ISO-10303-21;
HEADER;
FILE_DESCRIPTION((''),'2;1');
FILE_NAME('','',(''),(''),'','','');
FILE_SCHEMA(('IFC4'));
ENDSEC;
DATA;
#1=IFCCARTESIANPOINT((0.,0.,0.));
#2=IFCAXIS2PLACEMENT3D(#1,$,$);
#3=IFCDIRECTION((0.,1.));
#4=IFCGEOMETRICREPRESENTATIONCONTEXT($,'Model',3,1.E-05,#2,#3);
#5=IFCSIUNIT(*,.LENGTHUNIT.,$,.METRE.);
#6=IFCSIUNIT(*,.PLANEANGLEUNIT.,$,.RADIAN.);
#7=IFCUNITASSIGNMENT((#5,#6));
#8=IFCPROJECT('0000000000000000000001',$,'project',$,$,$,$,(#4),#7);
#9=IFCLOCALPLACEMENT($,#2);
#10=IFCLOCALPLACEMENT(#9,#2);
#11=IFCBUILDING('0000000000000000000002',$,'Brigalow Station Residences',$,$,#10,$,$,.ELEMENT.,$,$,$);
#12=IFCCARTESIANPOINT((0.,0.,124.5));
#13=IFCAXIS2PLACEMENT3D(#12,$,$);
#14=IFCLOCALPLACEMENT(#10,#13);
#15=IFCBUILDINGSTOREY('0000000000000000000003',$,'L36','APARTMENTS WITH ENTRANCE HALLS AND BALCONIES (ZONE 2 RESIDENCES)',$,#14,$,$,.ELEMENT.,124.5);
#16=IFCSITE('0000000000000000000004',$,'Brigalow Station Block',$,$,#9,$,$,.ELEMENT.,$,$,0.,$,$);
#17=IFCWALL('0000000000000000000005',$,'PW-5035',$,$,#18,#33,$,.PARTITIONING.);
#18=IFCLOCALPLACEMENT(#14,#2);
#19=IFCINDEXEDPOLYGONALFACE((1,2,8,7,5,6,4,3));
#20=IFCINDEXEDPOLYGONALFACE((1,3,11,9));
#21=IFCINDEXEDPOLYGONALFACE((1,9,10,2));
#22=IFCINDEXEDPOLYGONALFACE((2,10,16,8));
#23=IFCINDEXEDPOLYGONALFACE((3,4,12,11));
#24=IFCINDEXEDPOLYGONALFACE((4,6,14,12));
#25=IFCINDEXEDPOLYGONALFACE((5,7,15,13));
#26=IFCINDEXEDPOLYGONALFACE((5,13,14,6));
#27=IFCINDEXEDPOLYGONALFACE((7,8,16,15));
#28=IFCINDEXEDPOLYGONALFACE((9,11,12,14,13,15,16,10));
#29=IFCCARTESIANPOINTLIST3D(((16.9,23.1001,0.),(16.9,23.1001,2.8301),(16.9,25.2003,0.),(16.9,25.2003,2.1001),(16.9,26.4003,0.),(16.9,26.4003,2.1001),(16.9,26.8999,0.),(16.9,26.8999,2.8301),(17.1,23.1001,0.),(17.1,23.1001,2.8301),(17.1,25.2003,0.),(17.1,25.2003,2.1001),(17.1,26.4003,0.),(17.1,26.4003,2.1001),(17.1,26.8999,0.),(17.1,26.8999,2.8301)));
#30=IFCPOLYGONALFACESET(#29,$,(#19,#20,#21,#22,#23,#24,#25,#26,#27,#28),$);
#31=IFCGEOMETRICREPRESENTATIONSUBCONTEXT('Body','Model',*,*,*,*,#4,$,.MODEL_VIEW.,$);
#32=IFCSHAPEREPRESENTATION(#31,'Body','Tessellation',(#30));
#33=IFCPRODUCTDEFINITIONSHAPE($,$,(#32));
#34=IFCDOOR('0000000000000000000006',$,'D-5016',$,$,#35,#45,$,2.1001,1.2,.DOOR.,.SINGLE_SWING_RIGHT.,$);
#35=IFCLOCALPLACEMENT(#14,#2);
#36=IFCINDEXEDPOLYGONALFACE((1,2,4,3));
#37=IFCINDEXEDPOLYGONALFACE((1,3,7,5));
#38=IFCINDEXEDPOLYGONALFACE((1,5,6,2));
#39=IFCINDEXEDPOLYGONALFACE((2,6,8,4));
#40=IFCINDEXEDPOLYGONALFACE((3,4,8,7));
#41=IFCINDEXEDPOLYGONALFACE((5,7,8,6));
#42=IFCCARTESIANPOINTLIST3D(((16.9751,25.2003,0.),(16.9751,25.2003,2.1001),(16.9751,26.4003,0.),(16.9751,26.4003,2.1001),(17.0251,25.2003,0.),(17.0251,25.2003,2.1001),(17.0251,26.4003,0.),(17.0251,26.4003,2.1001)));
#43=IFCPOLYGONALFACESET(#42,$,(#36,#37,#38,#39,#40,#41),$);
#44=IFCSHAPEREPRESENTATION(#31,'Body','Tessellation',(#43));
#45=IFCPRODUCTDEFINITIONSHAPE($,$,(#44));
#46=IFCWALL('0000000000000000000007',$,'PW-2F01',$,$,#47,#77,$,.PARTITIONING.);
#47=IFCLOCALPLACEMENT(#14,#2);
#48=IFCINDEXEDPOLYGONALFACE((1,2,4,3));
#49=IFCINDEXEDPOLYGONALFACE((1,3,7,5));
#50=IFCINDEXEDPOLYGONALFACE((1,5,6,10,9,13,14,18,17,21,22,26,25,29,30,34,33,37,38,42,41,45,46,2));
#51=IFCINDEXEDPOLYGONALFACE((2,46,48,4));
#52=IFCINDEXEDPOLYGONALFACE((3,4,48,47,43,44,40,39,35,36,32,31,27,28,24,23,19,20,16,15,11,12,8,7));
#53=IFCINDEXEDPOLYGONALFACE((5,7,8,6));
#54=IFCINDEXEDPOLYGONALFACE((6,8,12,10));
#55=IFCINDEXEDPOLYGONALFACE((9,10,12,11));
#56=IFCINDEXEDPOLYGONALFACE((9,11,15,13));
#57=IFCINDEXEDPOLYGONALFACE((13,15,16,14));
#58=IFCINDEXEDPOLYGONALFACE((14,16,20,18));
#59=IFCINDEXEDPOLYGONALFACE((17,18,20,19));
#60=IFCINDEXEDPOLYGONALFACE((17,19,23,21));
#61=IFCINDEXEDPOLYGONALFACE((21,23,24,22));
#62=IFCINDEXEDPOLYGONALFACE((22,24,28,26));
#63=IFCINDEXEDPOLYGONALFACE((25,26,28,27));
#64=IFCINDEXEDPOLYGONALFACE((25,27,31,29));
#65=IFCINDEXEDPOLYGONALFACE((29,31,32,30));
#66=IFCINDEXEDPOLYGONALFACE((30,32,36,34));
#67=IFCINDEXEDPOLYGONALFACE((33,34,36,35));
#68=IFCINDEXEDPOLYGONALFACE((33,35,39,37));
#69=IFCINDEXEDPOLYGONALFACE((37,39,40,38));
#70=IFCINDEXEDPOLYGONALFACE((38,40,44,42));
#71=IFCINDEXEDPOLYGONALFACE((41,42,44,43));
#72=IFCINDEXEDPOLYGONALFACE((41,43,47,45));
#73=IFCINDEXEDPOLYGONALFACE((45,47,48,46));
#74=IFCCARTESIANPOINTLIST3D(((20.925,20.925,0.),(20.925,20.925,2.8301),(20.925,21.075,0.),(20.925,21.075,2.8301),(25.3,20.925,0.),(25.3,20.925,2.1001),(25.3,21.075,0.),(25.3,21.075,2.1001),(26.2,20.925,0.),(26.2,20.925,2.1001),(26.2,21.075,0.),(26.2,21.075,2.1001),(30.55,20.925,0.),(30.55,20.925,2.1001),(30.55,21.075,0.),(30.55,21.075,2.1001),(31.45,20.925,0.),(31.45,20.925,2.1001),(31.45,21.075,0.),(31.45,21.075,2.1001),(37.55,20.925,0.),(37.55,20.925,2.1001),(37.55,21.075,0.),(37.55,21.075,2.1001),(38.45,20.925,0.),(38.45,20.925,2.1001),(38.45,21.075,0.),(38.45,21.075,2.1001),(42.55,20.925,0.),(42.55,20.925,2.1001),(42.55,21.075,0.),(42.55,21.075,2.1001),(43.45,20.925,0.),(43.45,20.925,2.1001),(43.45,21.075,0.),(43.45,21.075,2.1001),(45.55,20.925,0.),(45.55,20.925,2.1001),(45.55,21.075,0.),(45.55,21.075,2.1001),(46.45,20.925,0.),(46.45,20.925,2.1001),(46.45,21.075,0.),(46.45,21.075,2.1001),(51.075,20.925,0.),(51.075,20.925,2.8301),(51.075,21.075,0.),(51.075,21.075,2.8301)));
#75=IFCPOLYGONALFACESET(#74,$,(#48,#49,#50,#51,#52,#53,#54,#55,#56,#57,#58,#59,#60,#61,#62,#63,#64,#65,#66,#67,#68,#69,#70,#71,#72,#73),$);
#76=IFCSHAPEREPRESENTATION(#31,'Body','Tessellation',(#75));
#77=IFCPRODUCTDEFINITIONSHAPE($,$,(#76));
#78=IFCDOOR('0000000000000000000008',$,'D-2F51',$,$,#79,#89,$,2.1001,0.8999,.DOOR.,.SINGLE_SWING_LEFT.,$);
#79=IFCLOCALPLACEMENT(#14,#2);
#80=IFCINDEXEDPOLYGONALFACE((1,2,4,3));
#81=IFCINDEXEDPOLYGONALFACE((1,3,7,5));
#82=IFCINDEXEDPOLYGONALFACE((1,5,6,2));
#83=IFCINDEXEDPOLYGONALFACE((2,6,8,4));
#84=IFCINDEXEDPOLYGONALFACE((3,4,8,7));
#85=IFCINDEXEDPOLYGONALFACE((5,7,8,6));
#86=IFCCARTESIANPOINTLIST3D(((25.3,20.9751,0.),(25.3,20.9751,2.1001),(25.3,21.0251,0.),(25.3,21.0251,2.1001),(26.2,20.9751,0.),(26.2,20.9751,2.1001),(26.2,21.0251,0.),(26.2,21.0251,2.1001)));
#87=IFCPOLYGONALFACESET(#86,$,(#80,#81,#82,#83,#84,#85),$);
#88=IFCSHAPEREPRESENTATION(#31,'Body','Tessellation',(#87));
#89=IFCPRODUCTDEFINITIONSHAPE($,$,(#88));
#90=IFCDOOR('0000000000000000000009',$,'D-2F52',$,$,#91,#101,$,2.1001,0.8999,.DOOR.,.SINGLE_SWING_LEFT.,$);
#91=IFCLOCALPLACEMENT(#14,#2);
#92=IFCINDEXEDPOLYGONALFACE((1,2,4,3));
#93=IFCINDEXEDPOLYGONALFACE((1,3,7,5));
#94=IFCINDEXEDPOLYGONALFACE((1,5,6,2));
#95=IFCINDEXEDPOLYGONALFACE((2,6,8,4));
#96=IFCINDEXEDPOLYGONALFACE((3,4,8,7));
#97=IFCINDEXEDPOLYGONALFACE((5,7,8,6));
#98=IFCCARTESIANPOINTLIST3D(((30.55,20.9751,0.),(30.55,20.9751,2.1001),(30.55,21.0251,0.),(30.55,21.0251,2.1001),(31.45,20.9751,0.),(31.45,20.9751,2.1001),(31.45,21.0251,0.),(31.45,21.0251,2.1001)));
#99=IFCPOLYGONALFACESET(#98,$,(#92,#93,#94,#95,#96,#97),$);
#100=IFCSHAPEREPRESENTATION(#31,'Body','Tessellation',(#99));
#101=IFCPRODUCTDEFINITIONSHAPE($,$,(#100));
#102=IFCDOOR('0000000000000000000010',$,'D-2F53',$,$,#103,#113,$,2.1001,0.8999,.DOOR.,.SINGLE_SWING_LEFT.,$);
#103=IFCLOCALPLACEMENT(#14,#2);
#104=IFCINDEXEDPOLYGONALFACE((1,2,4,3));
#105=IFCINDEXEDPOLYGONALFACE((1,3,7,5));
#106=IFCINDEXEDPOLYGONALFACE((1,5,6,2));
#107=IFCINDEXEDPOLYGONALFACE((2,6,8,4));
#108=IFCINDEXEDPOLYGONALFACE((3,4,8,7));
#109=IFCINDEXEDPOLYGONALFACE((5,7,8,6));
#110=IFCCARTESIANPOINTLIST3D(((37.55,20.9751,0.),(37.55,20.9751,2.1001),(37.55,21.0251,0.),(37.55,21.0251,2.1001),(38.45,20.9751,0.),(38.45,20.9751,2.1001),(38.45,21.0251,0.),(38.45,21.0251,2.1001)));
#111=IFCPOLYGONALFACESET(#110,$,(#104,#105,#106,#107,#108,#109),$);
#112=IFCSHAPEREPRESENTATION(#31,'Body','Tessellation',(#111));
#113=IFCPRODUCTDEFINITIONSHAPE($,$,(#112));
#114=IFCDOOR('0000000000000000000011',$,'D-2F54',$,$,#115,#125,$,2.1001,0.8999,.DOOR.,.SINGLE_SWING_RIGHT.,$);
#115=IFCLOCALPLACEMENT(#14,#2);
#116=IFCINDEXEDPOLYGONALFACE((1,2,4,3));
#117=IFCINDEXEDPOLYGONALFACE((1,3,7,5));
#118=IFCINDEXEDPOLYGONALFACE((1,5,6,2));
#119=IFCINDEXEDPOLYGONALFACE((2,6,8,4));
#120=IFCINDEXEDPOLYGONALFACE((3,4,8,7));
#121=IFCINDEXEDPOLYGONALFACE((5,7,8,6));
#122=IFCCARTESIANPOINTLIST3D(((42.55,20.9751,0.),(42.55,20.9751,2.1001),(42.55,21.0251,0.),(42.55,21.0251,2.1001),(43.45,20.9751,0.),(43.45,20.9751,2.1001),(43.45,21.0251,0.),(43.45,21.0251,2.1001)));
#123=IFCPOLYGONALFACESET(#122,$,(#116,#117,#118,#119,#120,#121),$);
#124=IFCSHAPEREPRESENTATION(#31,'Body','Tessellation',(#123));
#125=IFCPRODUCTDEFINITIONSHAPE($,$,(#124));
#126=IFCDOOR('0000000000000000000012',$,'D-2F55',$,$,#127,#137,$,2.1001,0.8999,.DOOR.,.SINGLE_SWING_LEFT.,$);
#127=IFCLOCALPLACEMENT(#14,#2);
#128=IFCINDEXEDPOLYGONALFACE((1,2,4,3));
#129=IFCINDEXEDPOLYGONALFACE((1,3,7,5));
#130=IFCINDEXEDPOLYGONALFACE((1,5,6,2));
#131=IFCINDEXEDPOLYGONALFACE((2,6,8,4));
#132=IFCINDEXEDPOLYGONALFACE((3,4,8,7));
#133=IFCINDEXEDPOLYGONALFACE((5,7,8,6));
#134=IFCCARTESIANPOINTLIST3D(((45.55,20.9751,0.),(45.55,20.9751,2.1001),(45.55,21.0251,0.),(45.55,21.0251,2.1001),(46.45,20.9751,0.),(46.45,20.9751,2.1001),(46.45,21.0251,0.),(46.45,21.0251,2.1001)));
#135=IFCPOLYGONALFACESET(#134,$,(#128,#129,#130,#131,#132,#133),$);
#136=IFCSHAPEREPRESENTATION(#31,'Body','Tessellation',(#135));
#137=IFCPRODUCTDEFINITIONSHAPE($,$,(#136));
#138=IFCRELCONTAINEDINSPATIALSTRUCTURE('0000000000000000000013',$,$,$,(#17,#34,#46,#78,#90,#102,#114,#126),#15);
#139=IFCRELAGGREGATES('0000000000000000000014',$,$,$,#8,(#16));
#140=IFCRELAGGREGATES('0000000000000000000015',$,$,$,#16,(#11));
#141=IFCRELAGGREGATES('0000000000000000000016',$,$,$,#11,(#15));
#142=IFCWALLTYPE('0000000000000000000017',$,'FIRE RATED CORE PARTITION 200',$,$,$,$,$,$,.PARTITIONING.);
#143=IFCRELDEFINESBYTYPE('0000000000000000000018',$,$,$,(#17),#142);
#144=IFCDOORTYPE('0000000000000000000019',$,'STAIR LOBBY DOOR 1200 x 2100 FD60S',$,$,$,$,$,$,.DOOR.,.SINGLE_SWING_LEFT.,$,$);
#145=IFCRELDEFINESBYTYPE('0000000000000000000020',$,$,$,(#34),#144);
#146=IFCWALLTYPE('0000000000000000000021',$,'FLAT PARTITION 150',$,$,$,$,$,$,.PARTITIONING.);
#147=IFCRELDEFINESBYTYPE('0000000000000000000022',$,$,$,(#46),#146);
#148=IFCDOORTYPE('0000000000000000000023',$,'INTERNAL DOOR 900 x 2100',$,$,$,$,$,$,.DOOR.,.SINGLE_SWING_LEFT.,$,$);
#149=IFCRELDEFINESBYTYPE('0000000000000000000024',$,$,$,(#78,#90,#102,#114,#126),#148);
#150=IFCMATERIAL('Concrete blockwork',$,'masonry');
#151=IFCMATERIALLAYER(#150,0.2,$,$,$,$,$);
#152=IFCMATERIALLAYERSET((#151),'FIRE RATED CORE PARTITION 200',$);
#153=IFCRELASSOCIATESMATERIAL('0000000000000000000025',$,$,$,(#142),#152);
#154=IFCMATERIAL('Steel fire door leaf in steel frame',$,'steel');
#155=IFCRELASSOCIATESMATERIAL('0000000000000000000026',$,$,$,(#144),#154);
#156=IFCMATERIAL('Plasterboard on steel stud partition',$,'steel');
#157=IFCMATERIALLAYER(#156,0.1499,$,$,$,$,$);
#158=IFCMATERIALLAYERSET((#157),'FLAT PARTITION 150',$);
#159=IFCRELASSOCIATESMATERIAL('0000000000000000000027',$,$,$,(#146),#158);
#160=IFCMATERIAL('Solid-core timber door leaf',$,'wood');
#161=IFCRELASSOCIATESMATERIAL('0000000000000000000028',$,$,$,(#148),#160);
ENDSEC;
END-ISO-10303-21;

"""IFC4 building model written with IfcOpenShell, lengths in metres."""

from ifc_helpers import new_model, si_unit, direction, frame, frame_2d, origin, place, context, subcontext, project, spatial, rectangle, extrude, material, layer, layer_set, type_object, element, fill, save


model = new_model("IFC4")

# Units and contexts
model_context = context("Model", 3, precision=1e-05, world=origin(), true_north=direction((0.0, 1.0)))
body_context = subcontext(model_context, "Body", "Model", "MODEL_VIEW")
ifc_project = project(units=[si_unit("LENGTHUNIT", "METRE"), si_unit("PLANEANGLEUNIT", "RADIAN")], contexts=[model_context])

# Site, building, storey
site_placement = place(None, origin())
site = spatial("IfcSite", under=ifc_project, at=site_placement, Name="Brigalow Station Block", CompositionType="ELEMENT", RefElevation=0.0)
building_placement = place(site_placement, origin())
building = spatial("IfcBuilding", under=site, at=building_placement, Name="Brigalow Station Residences", CompositionType="ELEMENT")
storey_placement = place(building_placement, frame((0.0, 0.0, 124.5)))
storey = spatial("IfcBuildingStorey", under=building, at=storey_placement, Name="L36", Description="APARTMENTS WITH ENTRANCE HALLS AND BALCONIES (ZONE 2 RESIDENCES)", CompositionType="ELEMENT", Elevation=124.5)

# Wall, opening, door
ifc_material_1 = material(Name="Concrete blockwork", Category="masonry")
ifc_layer_1 = layer(ifc_material_1, 0.2)
ifc_layer_set_1 = layer_set([ifc_layer_1], Name="FIRE RATED CORE PARTITION 200")
wall_type_1 = type_object("IfcWallType", Name="FIRE RATED CORE PARTITION 200", PredefinedType="PARTITIONING", material=ifc_layer_set_1)
wall_1_placement = place(storey_placement, frame((17.0, 23.1001, 0.0), z_axis=(0.0, 0.0, 1.0), x_axis=(0.0, 1.0, 0.0)))
wall_1 = element("IfcWall", 1, at=wall_1_placement, inside=storey, type_object=wall_type_1, Name="PW-5035", PredefinedType="PARTITIONING", context=body_context, shape_type="SweptSolid", body=[
    extrude(rectangle(XDim=3.7998, YDim=0.2, at=frame_2d((1.8999, 0.0))), origin(), (0.0, 0.0, 1.0), 2.8301),
])
opening_1_placement = place(wall_1_placement, frame((2.1001, 0.0, 0.0)))
opening_1 = element("IfcOpeningElement", 2, at=opening_1_placement, cuts=wall_1, PredefinedType="OPENING", context=body_context, shape_type="SweptSolid", body=[
    extrude(rectangle(XDim=1.2, YDim=2.1001, at=frame_2d((0.6001, 1.05))), frame((0.0, 0.1099, 0.0), z_axis=(0.0, -1.0, 0.0), x_axis=(1.0, 0.0, 0.0)), (0.0, 0.0, 1.0), 0.22),
])
ifc_material_2 = material(Name="Steel fire door leaf in steel frame", Category="steel")
door_type_1 = type_object("IfcDoorType", Name="STAIR LOBBY DOOR 1200 x 2100 FD60S", OperationType="SINGLE_SWING_LEFT", PredefinedType="DOOR", material=ifc_material_2)
door_1_placement = place(opening_1_placement, origin())
door_1 = element("IfcDoor", 3, at=door_1_placement, inside=storey, type_object=door_type_1, Name="D-5016", OperationType="SINGLE_SWING_RIGHT", OverallHeight=2.1001, OverallWidth=1.2, PredefinedType="DOOR", context=body_context, shape_type="SweptSolid", body=[
    extrude(rectangle(XDim=1.2, YDim=2.1001, at=frame_2d((0.6001, 1.05))), frame((0.0, 0.0249, 0.0), z_axis=(0.0, -1.0, 0.0), x_axis=(1.0, 0.0, 0.0)), (0.0, 0.0, 1.0), 0.05),
])
fill(opening_1, door_1)

# Wall, openings, doors
ifc_material_3 = material(Name="Plasterboard on steel stud partition", Category="steel")
ifc_layer_2 = layer(ifc_material_3, 0.1499)
ifc_layer_set_2 = layer_set([ifc_layer_2], Name="FLAT PARTITION 150")
wall_type_2 = type_object("IfcWallType", Name="FLAT PARTITION 150", PredefinedType="PARTITIONING", material=ifc_layer_set_2)
wall_2_placement = place(storey_placement, frame((20.925, 21.0, 0.0), z_axis=(0.0, 0.0, 1.0), x_axis=(1.0, 0.0, 0.0)))
wall_2 = element("IfcWall", 4, at=wall_2_placement, inside=storey, type_object=wall_type_2, Name="PW-2F01", PredefinedType="PARTITIONING", context=body_context, shape_type="SweptSolid", body=[
    extrude(rectangle(XDim=30.1499, YDim=0.1499, at=frame_2d((15.075, 0.0))), origin(), (0.0, 0.0, 1.0), 2.8301),
])
opening_2_placement = place(wall_2_placement, frame((4.375, 0.0, 0.0)))
opening_2 = element("IfcOpeningElement", 5, at=opening_2_placement, cuts=wall_2, PredefinedType="OPENING", context=body_context, shape_type="SweptSolid", body=[
    extrude(rectangle(XDim=0.8999, YDim=2.1001, at=frame_2d((0.45, 1.05))), frame((0.0, 0.085, 0.0), z_axis=(0.0, -1.0, 0.0), x_axis=(1.0, 0.0, 0.0)), (0.0, 0.0, 1.0), 0.1699),
])
opening_3_placement = place(wall_2_placement, frame((9.625, 0.0, 0.0)))
opening_3 = element("IfcOpeningElement", 6, at=opening_3_placement, cuts=wall_2, PredefinedType="OPENING", context=body_context, shape_type="SweptSolid", body=[
    extrude(rectangle(XDim=0.8999, YDim=2.1001, at=frame_2d((0.45, 1.05))), frame((0.0, 0.085, 0.0), z_axis=(0.0, -1.0, 0.0), x_axis=(1.0, 0.0, 0.0)), (0.0, 0.0, 1.0), 0.1699),
])
opening_4_placement = place(wall_2_placement, frame((16.625, 0.0, 0.0)))
opening_4 = element("IfcOpeningElement", 7, at=opening_4_placement, cuts=wall_2, PredefinedType="OPENING", context=body_context, shape_type="SweptSolid", body=[
    extrude(rectangle(XDim=0.8999, YDim=2.1001, at=frame_2d((0.45, 1.05))), frame((0.0, 0.085, 0.0), z_axis=(0.0, -1.0, 0.0), x_axis=(1.0, 0.0, 0.0)), (0.0, 0.0, 1.0), 0.1699),
])
opening_5_placement = place(wall_2_placement, frame((21.625, 0.0, 0.0)))
opening_5 = element("IfcOpeningElement", 8, at=opening_5_placement, cuts=wall_2, PredefinedType="OPENING", context=body_context, shape_type="SweptSolid", body=[
    extrude(rectangle(XDim=0.8999, YDim=2.1001, at=frame_2d((0.45, 1.05))), frame((0.0, 0.085, 0.0), z_axis=(0.0, -1.0, 0.0), x_axis=(1.0, 0.0, 0.0)), (0.0, 0.0, 1.0), 0.1699),
])
opening_6_placement = place(wall_2_placement, frame((24.625, 0.0, 0.0)))
opening_6 = element("IfcOpeningElement", 9, at=opening_6_placement, cuts=wall_2, PredefinedType="OPENING", context=body_context, shape_type="SweptSolid", body=[
    extrude(rectangle(XDim=0.8999, YDim=2.1001, at=frame_2d((0.45, 1.05))), frame((0.0, 0.085, 0.0), z_axis=(0.0, -1.0, 0.0), x_axis=(1.0, 0.0, 0.0)), (0.0, 0.0, 1.0), 0.1699),
])
ifc_material_4 = material(Name="Solid-core timber door leaf", Category="wood")
door_type_2 = type_object("IfcDoorType", Name="INTERNAL DOOR 900 x 2100", OperationType="SINGLE_SWING_LEFT", PredefinedType="DOOR", material=ifc_material_4)
door_2_placement = place(opening_2_placement, frame((0.8999, 0.0, 0.0), z_axis=(0.0, 0.0, 1.0), x_axis=(-1.0, 0.0, 0.0)))
door_2 = element("IfcDoor", 10, at=door_2_placement, inside=storey, type_object=door_type_2, Name="D-2F51", OperationType="SINGLE_SWING_LEFT", OverallHeight=2.1001, OverallWidth=0.8999, PredefinedType="DOOR", context=body_context, shape_type="SweptSolid", body=[
    extrude(rectangle(XDim=0.8999, YDim=2.1001, at=frame_2d((0.45, 1.05))), frame((0.0, 0.0249, 0.0), z_axis=(0.0, -1.0, 0.0), x_axis=(1.0, 0.0, 0.0)), (0.0, 0.0, 1.0), 0.05),
])
fill(opening_2, door_2)
door_3_placement = place(opening_3_placement, frame((0.8999, 0.0, 0.0), z_axis=(0.0, 0.0, 1.0), x_axis=(-1.0, 0.0, 0.0)))
door_3 = element("IfcDoor", 11, at=door_3_placement, inside=storey, type_object=door_type_2, Name="D-2F52", OperationType="SINGLE_SWING_LEFT", OverallHeight=2.1001, OverallWidth=0.8999, PredefinedType="DOOR", context=body_context, shape_type="SweptSolid", body=[
    extrude(rectangle(XDim=0.8999, YDim=2.1001, at=frame_2d((0.45, 1.05))), frame((0.0, 0.0249, 0.0), z_axis=(0.0, -1.0, 0.0), x_axis=(1.0, 0.0, 0.0)), (0.0, 0.0, 1.0), 0.05),
])
fill(opening_3, door_3)
door_4_placement = place(opening_4_placement, frame((0.8999, 0.0, 0.0), z_axis=(0.0, 0.0, 1.0), x_axis=(-1.0, 0.0, 0.0)))
door_4 = element("IfcDoor", 12, at=door_4_placement, inside=storey, type_object=door_type_2, Name="D-2F53", OperationType="SINGLE_SWING_LEFT", OverallHeight=2.1001, OverallWidth=0.8999, PredefinedType="DOOR", context=body_context, shape_type="SweptSolid", body=[
    extrude(rectangle(XDim=0.8999, YDim=2.1001, at=frame_2d((0.45, 1.05))), frame((0.0, 0.0249, 0.0), z_axis=(0.0, -1.0, 0.0), x_axis=(1.0, 0.0, 0.0)), (0.0, 0.0, 1.0), 0.05),
])
fill(opening_4, door_4)
door_5_placement = place(opening_5_placement, frame((0.8999, 0.0, 0.0), z_axis=(0.0, 0.0, 1.0), x_axis=(-1.0, 0.0, 0.0)))
door_5 = element("IfcDoor", 13, at=door_5_placement, inside=storey, type_object=door_type_2, Name="D-2F54", OperationType="SINGLE_SWING_RIGHT", OverallHeight=2.1001, OverallWidth=0.8999, PredefinedType="DOOR", context=body_context, shape_type="SweptSolid", body=[
    extrude(rectangle(XDim=0.8999, YDim=2.1001, at=frame_2d((0.45, 1.05))), frame((0.0, 0.0249, 0.0), z_axis=(0.0, -1.0, 0.0), x_axis=(1.0, 0.0, 0.0)), (0.0, 0.0, 1.0), 0.05),
])
fill(opening_5, door_5)
door_6_placement = place(opening_6_placement, frame((0.8999, 0.0, 0.0), z_axis=(0.0, 0.0, 1.0), x_axis=(-1.0, 0.0, 0.0)))
door_6 = element("IfcDoor", 14, at=door_6_placement, inside=storey, type_object=door_type_2, Name="D-2F55", OperationType="SINGLE_SWING_LEFT", OverallHeight=2.1001, OverallWidth=0.8999, PredefinedType="DOOR", context=body_context, shape_type="SweptSolid", body=[
    extrude(rectangle(XDim=0.8999, YDim=2.1001, at=frame_2d((0.45, 1.05))), frame((0.0, 0.0249, 0.0), z_axis=(0.0, -1.0, 0.0), x_axis=(1.0, 0.0, 0.0)), (0.0, 0.0, 1.0), 0.05),
])
fill(opening_6, door_6)

save(model, "model.ifc")
